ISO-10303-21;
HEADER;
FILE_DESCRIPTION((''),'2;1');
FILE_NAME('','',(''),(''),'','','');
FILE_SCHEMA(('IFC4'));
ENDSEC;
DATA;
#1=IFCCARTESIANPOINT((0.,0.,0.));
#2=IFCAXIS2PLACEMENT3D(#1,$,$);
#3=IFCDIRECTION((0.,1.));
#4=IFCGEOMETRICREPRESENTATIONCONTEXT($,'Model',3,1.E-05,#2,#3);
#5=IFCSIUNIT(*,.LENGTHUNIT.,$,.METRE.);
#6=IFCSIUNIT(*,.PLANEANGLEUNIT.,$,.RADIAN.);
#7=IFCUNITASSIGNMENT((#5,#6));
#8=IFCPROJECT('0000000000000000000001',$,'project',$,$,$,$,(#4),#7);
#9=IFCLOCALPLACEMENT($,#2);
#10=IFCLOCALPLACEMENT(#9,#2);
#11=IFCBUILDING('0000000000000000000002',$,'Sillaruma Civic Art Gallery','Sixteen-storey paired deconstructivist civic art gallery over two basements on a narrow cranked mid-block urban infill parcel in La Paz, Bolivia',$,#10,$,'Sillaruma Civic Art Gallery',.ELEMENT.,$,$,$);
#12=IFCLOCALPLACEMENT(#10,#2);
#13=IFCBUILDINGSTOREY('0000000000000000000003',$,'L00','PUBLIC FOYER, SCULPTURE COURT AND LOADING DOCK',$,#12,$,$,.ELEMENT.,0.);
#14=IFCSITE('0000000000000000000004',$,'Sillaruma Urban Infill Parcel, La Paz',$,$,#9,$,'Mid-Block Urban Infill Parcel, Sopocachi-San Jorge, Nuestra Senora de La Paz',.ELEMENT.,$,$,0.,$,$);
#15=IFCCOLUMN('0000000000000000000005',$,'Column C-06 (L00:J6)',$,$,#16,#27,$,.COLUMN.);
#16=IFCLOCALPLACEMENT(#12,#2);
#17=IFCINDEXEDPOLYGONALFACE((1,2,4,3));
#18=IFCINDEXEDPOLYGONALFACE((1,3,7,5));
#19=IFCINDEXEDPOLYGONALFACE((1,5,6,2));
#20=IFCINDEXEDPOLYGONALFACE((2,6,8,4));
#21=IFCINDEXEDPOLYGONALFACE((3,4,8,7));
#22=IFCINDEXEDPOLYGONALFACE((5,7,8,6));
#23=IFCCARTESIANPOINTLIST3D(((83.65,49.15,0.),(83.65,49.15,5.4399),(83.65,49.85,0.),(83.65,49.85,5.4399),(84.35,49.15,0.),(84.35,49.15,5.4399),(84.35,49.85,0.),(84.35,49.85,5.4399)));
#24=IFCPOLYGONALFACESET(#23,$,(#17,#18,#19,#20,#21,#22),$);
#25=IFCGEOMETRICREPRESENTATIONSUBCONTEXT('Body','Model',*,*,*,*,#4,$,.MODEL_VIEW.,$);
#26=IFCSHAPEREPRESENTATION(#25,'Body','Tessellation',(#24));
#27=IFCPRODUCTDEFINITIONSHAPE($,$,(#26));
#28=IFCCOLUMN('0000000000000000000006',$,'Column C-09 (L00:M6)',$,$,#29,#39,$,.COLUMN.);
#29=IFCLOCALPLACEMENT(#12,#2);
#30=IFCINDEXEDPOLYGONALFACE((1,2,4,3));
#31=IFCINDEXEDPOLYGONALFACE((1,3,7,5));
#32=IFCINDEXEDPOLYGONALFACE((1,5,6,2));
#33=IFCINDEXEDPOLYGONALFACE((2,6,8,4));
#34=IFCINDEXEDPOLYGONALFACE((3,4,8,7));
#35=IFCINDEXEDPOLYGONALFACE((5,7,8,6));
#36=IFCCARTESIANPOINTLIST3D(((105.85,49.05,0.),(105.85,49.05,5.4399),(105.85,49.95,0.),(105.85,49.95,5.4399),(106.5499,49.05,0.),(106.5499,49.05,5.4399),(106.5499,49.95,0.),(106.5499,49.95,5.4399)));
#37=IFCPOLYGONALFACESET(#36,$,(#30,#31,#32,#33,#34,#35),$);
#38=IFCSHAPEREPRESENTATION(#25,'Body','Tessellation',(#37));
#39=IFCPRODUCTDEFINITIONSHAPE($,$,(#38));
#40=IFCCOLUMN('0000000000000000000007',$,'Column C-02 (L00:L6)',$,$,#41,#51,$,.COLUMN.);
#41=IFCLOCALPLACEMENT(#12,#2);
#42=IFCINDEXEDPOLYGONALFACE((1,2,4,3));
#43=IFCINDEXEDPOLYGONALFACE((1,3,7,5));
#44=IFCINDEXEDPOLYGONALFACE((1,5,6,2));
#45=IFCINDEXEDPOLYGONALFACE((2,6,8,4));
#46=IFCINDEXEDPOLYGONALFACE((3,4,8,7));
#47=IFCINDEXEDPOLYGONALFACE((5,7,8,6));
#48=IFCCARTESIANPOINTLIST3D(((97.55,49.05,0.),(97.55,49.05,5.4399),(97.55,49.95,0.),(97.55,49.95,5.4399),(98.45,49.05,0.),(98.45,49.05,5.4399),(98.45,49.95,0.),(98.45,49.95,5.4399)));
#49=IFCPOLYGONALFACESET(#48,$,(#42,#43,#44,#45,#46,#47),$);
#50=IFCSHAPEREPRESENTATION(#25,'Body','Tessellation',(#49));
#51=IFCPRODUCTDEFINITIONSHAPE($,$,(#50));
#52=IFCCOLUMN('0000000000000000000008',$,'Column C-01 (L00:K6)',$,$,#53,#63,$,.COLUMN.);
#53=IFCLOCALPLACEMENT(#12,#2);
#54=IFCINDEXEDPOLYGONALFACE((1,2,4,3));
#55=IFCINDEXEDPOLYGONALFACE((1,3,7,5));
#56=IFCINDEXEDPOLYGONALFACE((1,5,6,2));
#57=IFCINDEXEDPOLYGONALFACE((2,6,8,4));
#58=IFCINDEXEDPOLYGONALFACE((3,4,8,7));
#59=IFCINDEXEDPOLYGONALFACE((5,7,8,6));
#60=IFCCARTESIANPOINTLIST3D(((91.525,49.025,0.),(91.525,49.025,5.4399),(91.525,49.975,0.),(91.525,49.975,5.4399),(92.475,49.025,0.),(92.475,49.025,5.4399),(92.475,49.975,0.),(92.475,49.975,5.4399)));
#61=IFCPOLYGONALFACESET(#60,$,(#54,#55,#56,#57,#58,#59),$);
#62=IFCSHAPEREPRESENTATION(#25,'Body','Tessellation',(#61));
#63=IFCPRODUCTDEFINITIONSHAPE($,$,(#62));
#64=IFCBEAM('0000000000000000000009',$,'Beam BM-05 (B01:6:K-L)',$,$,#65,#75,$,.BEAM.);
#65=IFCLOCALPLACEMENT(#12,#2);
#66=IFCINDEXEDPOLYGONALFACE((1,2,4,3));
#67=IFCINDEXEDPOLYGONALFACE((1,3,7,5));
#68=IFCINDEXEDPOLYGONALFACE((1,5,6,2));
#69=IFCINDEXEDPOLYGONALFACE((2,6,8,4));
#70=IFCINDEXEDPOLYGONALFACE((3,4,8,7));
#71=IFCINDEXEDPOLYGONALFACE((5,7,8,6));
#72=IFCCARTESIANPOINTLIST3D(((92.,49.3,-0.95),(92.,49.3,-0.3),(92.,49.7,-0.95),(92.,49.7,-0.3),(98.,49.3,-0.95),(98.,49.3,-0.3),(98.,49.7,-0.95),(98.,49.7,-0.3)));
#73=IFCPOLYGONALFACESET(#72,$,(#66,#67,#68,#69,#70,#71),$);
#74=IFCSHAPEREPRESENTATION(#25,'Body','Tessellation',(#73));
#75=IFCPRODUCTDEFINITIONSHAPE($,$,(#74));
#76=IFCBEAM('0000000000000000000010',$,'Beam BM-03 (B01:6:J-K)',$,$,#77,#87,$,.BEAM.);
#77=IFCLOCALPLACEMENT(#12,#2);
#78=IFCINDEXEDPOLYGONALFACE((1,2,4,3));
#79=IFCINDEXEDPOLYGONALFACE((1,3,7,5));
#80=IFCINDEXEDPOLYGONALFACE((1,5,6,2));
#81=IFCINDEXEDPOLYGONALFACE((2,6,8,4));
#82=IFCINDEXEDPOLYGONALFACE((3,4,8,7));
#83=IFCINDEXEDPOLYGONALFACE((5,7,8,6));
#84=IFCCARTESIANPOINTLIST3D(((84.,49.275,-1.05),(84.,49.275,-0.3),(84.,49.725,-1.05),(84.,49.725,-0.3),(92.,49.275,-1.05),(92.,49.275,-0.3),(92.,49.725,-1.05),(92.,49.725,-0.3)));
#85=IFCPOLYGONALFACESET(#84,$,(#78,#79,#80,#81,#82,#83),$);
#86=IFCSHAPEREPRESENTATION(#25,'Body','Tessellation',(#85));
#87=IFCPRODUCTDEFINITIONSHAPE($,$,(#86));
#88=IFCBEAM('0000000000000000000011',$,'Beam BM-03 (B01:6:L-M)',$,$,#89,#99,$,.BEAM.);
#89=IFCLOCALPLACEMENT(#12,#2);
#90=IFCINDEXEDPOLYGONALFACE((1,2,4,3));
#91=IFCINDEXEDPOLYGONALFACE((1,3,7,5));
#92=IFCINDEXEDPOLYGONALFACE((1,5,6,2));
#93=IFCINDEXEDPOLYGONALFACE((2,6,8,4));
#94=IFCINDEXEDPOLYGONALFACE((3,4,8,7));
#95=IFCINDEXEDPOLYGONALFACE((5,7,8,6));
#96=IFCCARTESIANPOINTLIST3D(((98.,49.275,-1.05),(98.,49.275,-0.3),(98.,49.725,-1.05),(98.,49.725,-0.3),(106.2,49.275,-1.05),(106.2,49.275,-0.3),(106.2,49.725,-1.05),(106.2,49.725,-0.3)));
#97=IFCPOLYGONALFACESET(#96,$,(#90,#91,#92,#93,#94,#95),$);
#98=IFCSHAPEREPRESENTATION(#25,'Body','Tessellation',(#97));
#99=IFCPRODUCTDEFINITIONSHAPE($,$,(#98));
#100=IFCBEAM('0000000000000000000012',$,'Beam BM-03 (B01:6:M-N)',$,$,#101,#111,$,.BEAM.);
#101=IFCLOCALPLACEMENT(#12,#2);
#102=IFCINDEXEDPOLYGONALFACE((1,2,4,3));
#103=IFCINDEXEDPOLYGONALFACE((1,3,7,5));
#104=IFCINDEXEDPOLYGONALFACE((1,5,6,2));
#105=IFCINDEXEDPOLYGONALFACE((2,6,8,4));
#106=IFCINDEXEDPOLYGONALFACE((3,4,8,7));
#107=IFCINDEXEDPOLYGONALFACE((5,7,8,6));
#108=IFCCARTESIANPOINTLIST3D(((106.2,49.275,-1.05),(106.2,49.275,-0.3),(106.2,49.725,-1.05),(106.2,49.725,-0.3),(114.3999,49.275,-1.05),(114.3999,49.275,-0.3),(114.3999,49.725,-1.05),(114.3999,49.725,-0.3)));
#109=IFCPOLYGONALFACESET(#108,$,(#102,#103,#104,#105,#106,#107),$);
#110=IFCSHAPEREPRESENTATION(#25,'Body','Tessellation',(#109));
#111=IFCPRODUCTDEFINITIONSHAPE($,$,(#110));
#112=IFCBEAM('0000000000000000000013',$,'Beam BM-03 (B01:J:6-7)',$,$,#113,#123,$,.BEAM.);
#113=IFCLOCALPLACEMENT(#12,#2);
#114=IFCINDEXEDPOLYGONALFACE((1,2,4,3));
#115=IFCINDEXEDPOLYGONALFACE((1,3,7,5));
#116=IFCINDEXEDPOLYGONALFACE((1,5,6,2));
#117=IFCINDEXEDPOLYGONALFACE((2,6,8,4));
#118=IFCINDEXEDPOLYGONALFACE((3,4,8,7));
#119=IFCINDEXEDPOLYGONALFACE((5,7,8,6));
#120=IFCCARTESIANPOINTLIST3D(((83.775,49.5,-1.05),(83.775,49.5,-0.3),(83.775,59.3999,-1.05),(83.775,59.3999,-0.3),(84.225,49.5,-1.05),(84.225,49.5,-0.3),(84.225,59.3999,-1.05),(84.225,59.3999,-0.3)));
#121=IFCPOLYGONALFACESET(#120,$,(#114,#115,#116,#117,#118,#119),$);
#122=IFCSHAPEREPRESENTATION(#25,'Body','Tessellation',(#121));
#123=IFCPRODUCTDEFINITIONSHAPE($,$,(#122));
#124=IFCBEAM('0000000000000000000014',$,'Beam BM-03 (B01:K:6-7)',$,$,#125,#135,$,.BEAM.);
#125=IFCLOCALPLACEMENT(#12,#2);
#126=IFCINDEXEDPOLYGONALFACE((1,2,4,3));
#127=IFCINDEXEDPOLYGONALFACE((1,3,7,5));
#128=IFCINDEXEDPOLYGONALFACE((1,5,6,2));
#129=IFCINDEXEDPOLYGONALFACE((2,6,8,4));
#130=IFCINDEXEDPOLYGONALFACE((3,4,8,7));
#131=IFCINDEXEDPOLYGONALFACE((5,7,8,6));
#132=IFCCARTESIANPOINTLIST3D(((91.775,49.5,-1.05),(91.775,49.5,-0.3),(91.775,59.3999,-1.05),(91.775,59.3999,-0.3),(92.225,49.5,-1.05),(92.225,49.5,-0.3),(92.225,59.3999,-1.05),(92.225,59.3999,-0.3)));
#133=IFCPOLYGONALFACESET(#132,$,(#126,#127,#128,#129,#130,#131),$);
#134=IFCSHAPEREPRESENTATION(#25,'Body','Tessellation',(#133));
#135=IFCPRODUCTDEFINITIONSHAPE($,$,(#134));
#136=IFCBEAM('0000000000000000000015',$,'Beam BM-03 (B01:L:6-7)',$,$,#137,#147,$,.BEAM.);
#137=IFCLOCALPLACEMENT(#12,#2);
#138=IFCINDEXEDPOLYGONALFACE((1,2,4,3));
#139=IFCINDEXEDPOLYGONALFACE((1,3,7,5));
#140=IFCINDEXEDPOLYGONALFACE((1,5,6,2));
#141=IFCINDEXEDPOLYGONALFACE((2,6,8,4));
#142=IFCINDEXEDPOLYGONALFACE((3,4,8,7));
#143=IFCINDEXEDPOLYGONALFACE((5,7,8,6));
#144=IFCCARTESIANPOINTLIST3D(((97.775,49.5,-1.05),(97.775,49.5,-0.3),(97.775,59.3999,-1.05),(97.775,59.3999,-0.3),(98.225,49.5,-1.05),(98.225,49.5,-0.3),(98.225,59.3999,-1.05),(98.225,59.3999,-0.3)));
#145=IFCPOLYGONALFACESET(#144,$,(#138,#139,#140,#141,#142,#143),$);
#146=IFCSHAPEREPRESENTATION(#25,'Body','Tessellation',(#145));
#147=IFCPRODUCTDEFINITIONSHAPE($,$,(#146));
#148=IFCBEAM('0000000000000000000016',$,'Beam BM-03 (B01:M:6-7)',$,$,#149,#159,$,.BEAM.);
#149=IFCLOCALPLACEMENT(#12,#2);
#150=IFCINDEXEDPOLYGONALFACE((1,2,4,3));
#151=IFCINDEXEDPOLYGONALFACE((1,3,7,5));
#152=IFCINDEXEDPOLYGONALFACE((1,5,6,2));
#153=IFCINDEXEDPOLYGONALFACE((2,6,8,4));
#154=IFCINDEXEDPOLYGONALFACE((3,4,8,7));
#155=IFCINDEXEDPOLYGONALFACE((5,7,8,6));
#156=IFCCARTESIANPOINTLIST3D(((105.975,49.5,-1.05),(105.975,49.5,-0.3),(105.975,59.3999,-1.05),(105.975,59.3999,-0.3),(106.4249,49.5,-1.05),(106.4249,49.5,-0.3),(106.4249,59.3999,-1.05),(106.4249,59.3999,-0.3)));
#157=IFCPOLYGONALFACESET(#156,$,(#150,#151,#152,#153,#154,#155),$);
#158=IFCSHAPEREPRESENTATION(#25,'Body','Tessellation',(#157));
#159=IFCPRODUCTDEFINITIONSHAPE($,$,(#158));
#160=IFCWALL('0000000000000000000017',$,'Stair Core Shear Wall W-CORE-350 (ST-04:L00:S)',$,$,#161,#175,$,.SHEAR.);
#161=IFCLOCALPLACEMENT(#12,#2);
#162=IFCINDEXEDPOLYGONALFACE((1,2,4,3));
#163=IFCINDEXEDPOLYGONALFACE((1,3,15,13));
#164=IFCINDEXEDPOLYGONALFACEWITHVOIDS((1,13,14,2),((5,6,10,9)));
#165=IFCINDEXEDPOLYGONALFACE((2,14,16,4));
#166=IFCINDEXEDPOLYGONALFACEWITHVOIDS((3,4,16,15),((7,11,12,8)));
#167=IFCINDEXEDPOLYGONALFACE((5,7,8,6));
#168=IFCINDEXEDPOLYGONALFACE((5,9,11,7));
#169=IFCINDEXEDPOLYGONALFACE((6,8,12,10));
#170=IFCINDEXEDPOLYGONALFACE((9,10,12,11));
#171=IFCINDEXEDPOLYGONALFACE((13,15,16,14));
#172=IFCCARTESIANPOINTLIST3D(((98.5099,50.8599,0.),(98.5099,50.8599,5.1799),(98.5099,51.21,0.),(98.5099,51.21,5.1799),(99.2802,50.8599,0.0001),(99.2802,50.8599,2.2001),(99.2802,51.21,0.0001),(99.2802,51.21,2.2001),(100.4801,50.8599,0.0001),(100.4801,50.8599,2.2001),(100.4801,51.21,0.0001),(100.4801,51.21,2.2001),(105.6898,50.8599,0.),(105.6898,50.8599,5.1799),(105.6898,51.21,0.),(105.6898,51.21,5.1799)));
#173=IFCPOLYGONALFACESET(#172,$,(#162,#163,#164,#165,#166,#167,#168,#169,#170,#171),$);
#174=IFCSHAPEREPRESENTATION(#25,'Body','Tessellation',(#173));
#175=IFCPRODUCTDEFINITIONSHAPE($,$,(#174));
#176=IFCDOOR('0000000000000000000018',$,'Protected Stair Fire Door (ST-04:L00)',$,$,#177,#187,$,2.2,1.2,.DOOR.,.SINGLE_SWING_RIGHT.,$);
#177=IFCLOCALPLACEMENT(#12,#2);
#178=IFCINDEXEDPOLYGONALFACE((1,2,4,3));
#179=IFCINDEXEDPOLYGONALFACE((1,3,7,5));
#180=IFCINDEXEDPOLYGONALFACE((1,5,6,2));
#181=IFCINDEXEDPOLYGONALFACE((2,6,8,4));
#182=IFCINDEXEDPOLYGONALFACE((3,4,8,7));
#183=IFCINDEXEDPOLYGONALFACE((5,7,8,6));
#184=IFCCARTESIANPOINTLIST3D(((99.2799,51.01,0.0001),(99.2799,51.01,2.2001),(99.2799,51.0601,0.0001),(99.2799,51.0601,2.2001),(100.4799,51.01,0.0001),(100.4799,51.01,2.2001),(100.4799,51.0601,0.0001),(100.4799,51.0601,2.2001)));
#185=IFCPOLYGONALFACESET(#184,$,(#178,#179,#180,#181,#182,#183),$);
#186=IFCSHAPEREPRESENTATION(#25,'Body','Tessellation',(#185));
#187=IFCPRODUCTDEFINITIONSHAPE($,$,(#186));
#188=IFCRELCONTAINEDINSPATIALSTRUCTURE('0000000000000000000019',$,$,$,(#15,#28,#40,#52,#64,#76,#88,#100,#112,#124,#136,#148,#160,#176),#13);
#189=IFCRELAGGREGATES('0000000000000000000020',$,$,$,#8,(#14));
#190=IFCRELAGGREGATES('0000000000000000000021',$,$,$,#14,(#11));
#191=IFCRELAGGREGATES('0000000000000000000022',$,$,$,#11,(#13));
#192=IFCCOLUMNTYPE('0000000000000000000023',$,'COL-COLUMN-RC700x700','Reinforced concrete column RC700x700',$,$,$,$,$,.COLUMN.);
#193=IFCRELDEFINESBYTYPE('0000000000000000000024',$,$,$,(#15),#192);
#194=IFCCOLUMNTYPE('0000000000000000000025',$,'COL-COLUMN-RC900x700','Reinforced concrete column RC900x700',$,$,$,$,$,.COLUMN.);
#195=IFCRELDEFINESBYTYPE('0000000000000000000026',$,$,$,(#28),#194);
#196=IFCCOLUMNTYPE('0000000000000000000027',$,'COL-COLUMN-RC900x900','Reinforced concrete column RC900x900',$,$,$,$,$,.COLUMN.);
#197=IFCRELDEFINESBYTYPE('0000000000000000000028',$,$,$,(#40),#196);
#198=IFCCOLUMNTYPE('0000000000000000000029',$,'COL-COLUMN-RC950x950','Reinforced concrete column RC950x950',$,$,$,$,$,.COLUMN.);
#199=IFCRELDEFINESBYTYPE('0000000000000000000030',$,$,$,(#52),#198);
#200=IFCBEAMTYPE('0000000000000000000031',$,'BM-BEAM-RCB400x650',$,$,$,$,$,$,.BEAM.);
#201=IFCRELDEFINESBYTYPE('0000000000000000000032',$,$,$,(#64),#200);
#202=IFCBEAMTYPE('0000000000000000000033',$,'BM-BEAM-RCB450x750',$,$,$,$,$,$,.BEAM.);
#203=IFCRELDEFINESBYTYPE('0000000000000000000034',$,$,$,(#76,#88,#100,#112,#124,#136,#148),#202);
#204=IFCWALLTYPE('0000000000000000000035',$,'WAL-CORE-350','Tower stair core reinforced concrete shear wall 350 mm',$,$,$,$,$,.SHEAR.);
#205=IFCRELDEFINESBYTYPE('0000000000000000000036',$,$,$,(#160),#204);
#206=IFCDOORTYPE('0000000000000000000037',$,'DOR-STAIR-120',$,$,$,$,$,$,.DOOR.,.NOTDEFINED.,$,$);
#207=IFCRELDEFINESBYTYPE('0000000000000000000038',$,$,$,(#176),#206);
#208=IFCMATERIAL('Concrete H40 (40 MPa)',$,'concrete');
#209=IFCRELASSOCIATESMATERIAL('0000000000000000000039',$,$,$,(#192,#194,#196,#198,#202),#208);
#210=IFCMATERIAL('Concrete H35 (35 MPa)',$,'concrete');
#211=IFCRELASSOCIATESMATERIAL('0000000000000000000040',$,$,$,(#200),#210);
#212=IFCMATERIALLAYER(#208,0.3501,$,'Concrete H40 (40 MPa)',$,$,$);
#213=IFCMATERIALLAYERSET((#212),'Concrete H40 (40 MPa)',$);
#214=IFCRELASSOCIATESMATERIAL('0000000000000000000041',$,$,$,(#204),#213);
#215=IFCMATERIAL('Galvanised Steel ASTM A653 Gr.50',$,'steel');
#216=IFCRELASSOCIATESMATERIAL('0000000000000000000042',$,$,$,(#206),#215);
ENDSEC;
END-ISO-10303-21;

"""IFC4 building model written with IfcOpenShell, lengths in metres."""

from ifc_helpers import new_model, si_unit, direction, frame, frame_2d, origin, origin_2d, place, context, subcontext, project, spatial, rectangle, extrude, material, layer, layer_set, material_profile, profile_set, type_object, element, fill, save


model = new_model("IFC4")

# Units and contexts
model_context = context("Model", 3, precision=1e-05, world=origin(), true_north=direction((0.0, 1.0)))
body_context = subcontext(model_context, "Body", "Model", "MODEL_VIEW")
ifc_project = project(units=[si_unit("LENGTHUNIT", "METRE"), si_unit("PLANEANGLEUNIT", "RADIAN")], contexts=[model_context])

# Site, building, storey
site_placement = place(None, origin())
site = spatial("IfcSite", under=ifc_project, at=site_placement, Name="Sillaruma Urban Infill Parcel, La Paz", LongName="Mid-Block Urban Infill Parcel, Sopocachi-San Jorge, Nuestra Senora de La Paz", CompositionType="ELEMENT", RefElevation=0.0)
building_placement = place(site_placement, origin())
building = spatial("IfcBuilding", under=site, at=building_placement, Name="Sillaruma Civic Art Gallery", Description="Sixteen-storey paired deconstructivist civic art gallery over two basements on a narrow cranked mid-block urban infill parcel in La Paz, Bolivia", LongName="Sillaruma Civic Art Gallery", CompositionType="ELEMENT")
storey_placement = place(building_placement, origin())
storey = spatial("IfcBuildingStorey", under=building, at=storey_placement, Name="L00", Description="PUBLIC FOYER, SCULPTURE COURT AND LOADING DOCK", CompositionType="ELEMENT", Elevation=0.0)

# Columns
ifc_material_1 = material(Name="Concrete H40 (40 MPa)", Category="concrete")
ifc_material_profile_1 = material_profile(ifc_material_1, rectangle(XDim=0.7, YDim=0.7, at=origin_2d()), Name="RC700x700")
ifc_profile_set_1 = profile_set([ifc_material_profile_1], Name="Concrete H40 (40 MPa)")
column_type_1 = type_object("IfcColumnType", Name="COL-COLUMN-RC700x700", Description="Reinforced concrete column RC700x700", PredefinedType="COLUMN", material=ifc_profile_set_1)
column_1_placement = place(storey_placement, frame((84.0, 49.5, 0.0), z_axis=(0.0, 0.0, 1.0), x_axis=(1.0, 0.0, 0.0)))
element("IfcColumn", 1, at=column_1_placement, inside=storey, type_object=column_type_1, Name="Column C-06 (L00:J6)", PredefinedType="COLUMN", context=body_context, shape_type="SweptSolid", body=[
    extrude(rectangle(XDim=0.7, YDim=0.7, at=origin_2d()), origin(), (0.0, 0.0, 1.0), 5.4399),
])
ifc_material_profile_2 = material_profile(ifc_material_1, rectangle(XDim=0.7, YDim=0.8999, at=origin_2d()), Name="RC900x700")
ifc_profile_set_2 = profile_set([ifc_material_profile_2], Name="Concrete H40 (40 MPa)")
column_type_2 = type_object("IfcColumnType", Name="COL-COLUMN-RC900x700", Description="Reinforced concrete column RC900x700", PredefinedType="COLUMN", material=ifc_profile_set_2)
column_2_placement = place(storey_placement, frame((106.2, 49.5, 0.0), z_axis=(0.0, 0.0, 1.0), x_axis=(1.0, 0.0, 0.0)))
element("IfcColumn", 2, at=column_2_placement, inside=storey, type_object=column_type_2, Name="Column C-09 (L00:M6)", PredefinedType="COLUMN", context=body_context, shape_type="SweptSolid", body=[
    extrude(rectangle(XDim=0.7, YDim=0.8999, at=origin_2d()), origin(), (0.0, 0.0, 1.0), 5.4399),
])
ifc_material_profile_3 = material_profile(ifc_material_1, rectangle(XDim=0.8999, YDim=0.8999, at=origin_2d()), Name="RC900x900")
ifc_profile_set_3 = profile_set([ifc_material_profile_3], Name="Concrete H40 (40 MPa)")
column_type_3 = type_object("IfcColumnType", Name="COL-COLUMN-RC900x900", Description="Reinforced concrete column RC900x900", PredefinedType="COLUMN", material=ifc_profile_set_3)
column_3_placement = place(storey_placement, frame((98.0, 49.5, 0.0), z_axis=(0.0, 0.0, 1.0), x_axis=(1.0, 0.0, 0.0)))
element("IfcColumn", 3, at=column_3_placement, inside=storey, type_object=column_type_3, Name="Column C-02 (L00:L6)", PredefinedType="COLUMN", context=body_context, shape_type="SweptSolid", body=[
    extrude(rectangle(XDim=0.8999, YDim=0.8999, at=origin_2d()), origin(), (0.0, 0.0, 1.0), 5.4399),
])
ifc_material_profile_4 = material_profile(ifc_material_1, rectangle(XDim=0.95, YDim=0.95, at=origin_2d()), Name="RC950x950")
ifc_profile_set_4 = profile_set([ifc_material_profile_4], Name="Concrete H40 (40 MPa)")
column_type_4 = type_object("IfcColumnType", Name="COL-COLUMN-RC950x950", Description="Reinforced concrete column RC950x950", PredefinedType="COLUMN", material=ifc_profile_set_4)
column_4_placement = place(storey_placement, frame((92.0, 49.5, 0.0), z_axis=(0.0, 0.0, 1.0), x_axis=(1.0, 0.0, 0.0)))
element("IfcColumn", 4, at=column_4_placement, inside=storey, type_object=column_type_4, Name="Column C-01 (L00:K6)", PredefinedType="COLUMN", context=body_context, shape_type="SweptSolid", body=[
    extrude(rectangle(XDim=0.95, YDim=0.95, at=origin_2d()), origin(), (0.0, 0.0, 1.0), 5.4399),
])

# Beams
ifc_material_2 = material(Name="Concrete H35 (35 MPa)", Category="concrete")
ifc_material_profile_5 = material_profile(ifc_material_2, rectangle(XDim=0.3999, YDim=0.6499, at=origin_2d()), Name="RCB400x650")
ifc_profile_set_5 = profile_set([ifc_material_profile_5], Name="Concrete H35 (35 MPa)")
beam_type_1 = type_object("IfcBeamType", Name="BM-BEAM-RCB400x650", PredefinedType="BEAM", material=ifc_profile_set_5)
beam_1_placement = place(storey_placement, frame((92.0, 49.5, -0.625), z_axis=(1.0, 0.0, 0.0), x_axis=(0.0, 1.0, 0.0)))
element("IfcBeam", 5, at=beam_1_placement, inside=storey, type_object=beam_type_1, Name="Beam BM-05 (B01:6:K-L)", PredefinedType="BEAM", context=body_context, shape_type="SweptSolid", body=[
    extrude(rectangle(XDim=0.3999, YDim=0.6499, at=origin_2d()), origin(), (0.0, 0.0, 1.0), 6.0),
])
ifc_material_profile_6 = material_profile(ifc_material_1, rectangle(XDim=0.45, YDim=0.75, at=origin_2d()), Name="RCB450x750")
ifc_profile_set_6 = profile_set([ifc_material_profile_6], Name="Concrete H40 (40 MPa)")
beam_type_2 = type_object("IfcBeamType", Name="BM-BEAM-RCB450x750", PredefinedType="BEAM", material=ifc_profile_set_6)
beam_2_placement = place(storey_placement, frame((84.0, 49.5, -0.675), z_axis=(1.0, 0.0, 0.0), x_axis=(0.0, 1.0, 0.0)))
element("IfcBeam", 6, at=beam_2_placement, inside=storey, type_object=beam_type_2, Name="Beam BM-03 (B01:6:J-K)", PredefinedType="BEAM", context=body_context, shape_type="SweptSolid", body=[
    extrude(rectangle(XDim=0.45, YDim=0.75, at=origin_2d()), origin(), (0.0, 0.0, 1.0), 8.0),
])
for number, where, z_axis, x_axis, name in (
    (7, (98.0, 49.5, -0.675), (1.0, 0.0, 0.0), (0.0, 1.0, 0.0), "Beam BM-03 (B01:6:L-M)"),
    (8, (106.2, 49.5, -0.675), (1.0, 0.0, 0.0), (0.0, 1.0, 0.0), "Beam BM-03 (B01:6:M-N)"),
):
    element("IfcBeam", number, at=place(storey_placement, frame(where, z_axis=z_axis, x_axis=x_axis)), inside=storey, type_object=beam_type_2, Name=name, PredefinedType="BEAM", context=body_context, shape_type="SweptSolid", body=[
        extrude(rectangle(XDim=0.45, YDim=0.75, at=origin_2d()), origin(), (0.0, 0.0, 1.0), 8.2),
    ])
for number, where, z_axis, x_axis, name in (
    (9, (84.0, 49.5, -0.675), (0.0, 1.0, 0.0), (-1.0, 0.0, 0.0), "Beam BM-03 (B01:J:6-7)"),
    (10, (92.0, 49.5, -0.675), (0.0, 1.0, 0.0), (-1.0, 0.0, 0.0), "Beam BM-03 (B01:K:6-7)"),
    (11, (98.0, 49.5, -0.675), (0.0, 1.0, 0.0), (-1.0, 0.0, 0.0), "Beam BM-03 (B01:L:6-7)"),
    (12, (106.2, 49.5, -0.675), (0.0, 1.0, 0.0), (-1.0, 0.0, 0.0), "Beam BM-03 (B01:M:6-7)"),
):
    element("IfcBeam", number, at=place(storey_placement, frame(where, z_axis=z_axis, x_axis=x_axis)), inside=storey, type_object=beam_type_2, Name=name, PredefinedType="BEAM", context=body_context, shape_type="SweptSolid", body=[
        extrude(rectangle(XDim=0.45, YDim=0.75, at=origin_2d()), origin(), (0.0, 0.0, 1.0), 9.8999),
    ])

# Wall, opening, door
ifc_layer_1 = layer(ifc_material_1, 0.3501, Name="Concrete H40 (40 MPa)")
ifc_layer_set_1 = layer_set([ifc_layer_1], Name="Concrete H40 (40 MPa)")
wall_type_1 = type_object("IfcWallType", Name="WAL-CORE-350", Description="Tower stair core reinforced concrete shear wall 350 mm", PredefinedType="SHEAR", material=ifc_layer_set_1)
wall_1_placement = place(storey_placement, frame((98.51, 51.0349, 0.0), z_axis=(0.0, 0.0, 1.0), x_axis=(1.0, 0.0, 0.0)))
wall_1 = element("IfcWall", 13, at=wall_1_placement, inside=storey, type_object=wall_type_1, Name="Stair Core Shear Wall W-CORE-350 (ST-04:L00:S)", PredefinedType="SHEAR", context=body_context, shape_type="SweptSolid", body=[
    extrude(rectangle(XDim=7.1799, YDim=0.3501, at=frame_2d((3.5898, 0.0))), origin(), (0.0, 0.0, 1.0), 5.1799),
])
opening_1_placement = place(wall_1_placement, frame((0.77, 0.0, 0.0)))
opening_1 = element("IfcOpeningElement", 14, at=opening_1_placement, cuts=wall_1, PredefinedType="OPENING", context=body_context, shape_type="SweptSolid", body=[
    extrude(rectangle(XDim=1.2, YDim=2.2, at=frame_2d((0.6001, 1.1001))), frame((0.0, 0.1851, 0.0), z_axis=(0.0, -1.0, 0.0), x_axis=(1.0, 0.0, 0.0)), (0.0, 0.0, 1.0), 0.3701),
])
ifc_material_3 = material(Name="Galvanised Steel ASTM A653 Gr.50", Category="steel")
door_type_1 = type_object("IfcDoorType", Name="DOR-STAIR-120", OperationType="NOTDEFINED", PredefinedType="DOOR", material=ifc_material_3)
door_1_placement = place(opening_1_placement, frame((1.2, 0.0, 0.0), z_axis=(0.0, 0.0, 1.0), x_axis=(-1.0, 0.0, 0.0)))
door_1 = element("IfcDoor", 15, at=door_1_placement, inside=storey, type_object=door_type_1, Name="Protected Stair Fire Door (ST-04:L00)", OperationType="SINGLE_SWING_RIGHT", OverallHeight=2.2, OverallWidth=1.2, PredefinedType="DOOR", context=body_context, shape_type="SweptSolid", body=[
    extrude(rectangle(XDim=1.2, YDim=2.2, at=frame_2d((0.6001, 1.1001))), frame((0.0, 0.0249, 0.0), z_axis=(0.0, -1.0, 0.0), x_axis=(1.0, 0.0, 0.0)), (0.0, 0.0, 1.0), 0.05),
])
fill(opening_1, door_1)

save(model, "model.ifc")
